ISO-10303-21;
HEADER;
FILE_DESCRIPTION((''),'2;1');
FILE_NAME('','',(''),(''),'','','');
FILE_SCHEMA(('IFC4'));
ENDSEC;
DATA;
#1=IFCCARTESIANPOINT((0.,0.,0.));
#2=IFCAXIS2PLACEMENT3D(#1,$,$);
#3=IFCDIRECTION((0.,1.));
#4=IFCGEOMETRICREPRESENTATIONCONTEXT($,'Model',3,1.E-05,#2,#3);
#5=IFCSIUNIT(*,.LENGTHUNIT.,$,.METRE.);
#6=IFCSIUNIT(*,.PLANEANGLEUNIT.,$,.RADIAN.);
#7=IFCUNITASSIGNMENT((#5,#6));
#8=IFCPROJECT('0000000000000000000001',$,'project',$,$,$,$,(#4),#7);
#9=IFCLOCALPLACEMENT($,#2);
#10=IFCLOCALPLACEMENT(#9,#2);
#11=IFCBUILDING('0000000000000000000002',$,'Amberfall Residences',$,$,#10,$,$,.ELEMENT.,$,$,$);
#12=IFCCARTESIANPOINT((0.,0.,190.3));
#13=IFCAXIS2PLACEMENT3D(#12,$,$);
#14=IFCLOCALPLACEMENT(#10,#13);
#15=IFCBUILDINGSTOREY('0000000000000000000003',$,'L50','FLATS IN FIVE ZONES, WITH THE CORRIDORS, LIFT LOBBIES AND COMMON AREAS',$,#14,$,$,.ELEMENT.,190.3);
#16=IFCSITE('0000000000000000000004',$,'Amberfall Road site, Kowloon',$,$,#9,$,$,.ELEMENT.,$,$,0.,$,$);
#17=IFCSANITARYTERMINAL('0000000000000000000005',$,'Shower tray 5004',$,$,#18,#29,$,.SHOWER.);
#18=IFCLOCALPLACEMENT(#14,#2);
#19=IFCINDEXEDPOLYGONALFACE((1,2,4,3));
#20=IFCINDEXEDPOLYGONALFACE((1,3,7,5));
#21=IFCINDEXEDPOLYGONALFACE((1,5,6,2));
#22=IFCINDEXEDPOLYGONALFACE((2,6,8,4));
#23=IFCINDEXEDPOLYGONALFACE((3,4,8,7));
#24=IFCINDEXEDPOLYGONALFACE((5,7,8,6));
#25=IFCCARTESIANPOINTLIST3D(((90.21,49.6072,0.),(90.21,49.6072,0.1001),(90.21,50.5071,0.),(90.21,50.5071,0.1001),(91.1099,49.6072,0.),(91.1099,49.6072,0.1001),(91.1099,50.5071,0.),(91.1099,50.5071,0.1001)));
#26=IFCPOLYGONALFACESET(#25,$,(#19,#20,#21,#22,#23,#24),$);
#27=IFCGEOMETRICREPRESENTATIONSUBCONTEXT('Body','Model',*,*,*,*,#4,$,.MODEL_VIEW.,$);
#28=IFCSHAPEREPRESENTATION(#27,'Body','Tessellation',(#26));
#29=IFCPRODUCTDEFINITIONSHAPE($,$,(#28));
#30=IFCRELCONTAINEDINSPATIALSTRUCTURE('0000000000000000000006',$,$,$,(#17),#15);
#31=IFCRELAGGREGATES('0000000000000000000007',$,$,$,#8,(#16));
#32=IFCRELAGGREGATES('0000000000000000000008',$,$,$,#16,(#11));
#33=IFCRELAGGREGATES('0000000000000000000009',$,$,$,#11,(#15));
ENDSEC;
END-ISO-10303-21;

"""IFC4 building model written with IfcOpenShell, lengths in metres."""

from ifc_helpers import new_model, si_unit, direction, frame, origin, origin_2d, place, context, subcontext, project, spatial, rectangle, extrude, element, save


model = new_model("IFC4")

# Units and contexts
model_context = context("Model", 3, precision=1e-05, world=origin(), true_north=direction((0.0, 1.0)))
body_context = subcontext(model_context, "Body", "Model", "MODEL_VIEW")
ifc_project = project(units=[si_unit("LENGTHUNIT", "METRE"), si_unit("PLANEANGLEUNIT", "RADIAN")], contexts=[model_context])

# Site, building, storey
site_placement = place(None, origin())
site = spatial("IfcSite", under=ifc_project, at=site_placement, Name="Amberfall Road site, Kowloon", CompositionType="ELEMENT", RefElevation=0.0)
building_placement = place(site_placement, origin())
building = spatial("IfcBuilding", under=site, at=building_placement, Name="Amberfall Residences", CompositionType="ELEMENT")
storey_placement = place(building_placement, frame((0.0, 0.0, 190.3)))
storey = spatial("IfcBuildingStorey", under=building, at=storey_placement, Name="L50", Description="FLATS IN FIVE ZONES, WITH THE CORRIDORS, LIFT LOBBIES AND COMMON AREAS", CompositionType="ELEMENT", Elevation=190.3)

# Sanitary terminal
sanitary_terminal_1_placement = place(storey_placement, frame((90.6599, 50.0571, 0.0), z_axis=(0.0, 0.0, 1.0), x_axis=(1.0, 0.0, 0.0)))
element("IfcSanitaryTerminal", 1, at=sanitary_terminal_1_placement, inside=storey, Name="Shower tray 5004", PredefinedType="SHOWER", context=body_context, shape_type="SweptSolid", body=[
    extrude(rectangle(XDim=0.8999, YDim=0.8999, at=origin_2d()), origin(), (0.0, 0.0, 1.0), 0.1001),
])

save(model, "model.ifc")
